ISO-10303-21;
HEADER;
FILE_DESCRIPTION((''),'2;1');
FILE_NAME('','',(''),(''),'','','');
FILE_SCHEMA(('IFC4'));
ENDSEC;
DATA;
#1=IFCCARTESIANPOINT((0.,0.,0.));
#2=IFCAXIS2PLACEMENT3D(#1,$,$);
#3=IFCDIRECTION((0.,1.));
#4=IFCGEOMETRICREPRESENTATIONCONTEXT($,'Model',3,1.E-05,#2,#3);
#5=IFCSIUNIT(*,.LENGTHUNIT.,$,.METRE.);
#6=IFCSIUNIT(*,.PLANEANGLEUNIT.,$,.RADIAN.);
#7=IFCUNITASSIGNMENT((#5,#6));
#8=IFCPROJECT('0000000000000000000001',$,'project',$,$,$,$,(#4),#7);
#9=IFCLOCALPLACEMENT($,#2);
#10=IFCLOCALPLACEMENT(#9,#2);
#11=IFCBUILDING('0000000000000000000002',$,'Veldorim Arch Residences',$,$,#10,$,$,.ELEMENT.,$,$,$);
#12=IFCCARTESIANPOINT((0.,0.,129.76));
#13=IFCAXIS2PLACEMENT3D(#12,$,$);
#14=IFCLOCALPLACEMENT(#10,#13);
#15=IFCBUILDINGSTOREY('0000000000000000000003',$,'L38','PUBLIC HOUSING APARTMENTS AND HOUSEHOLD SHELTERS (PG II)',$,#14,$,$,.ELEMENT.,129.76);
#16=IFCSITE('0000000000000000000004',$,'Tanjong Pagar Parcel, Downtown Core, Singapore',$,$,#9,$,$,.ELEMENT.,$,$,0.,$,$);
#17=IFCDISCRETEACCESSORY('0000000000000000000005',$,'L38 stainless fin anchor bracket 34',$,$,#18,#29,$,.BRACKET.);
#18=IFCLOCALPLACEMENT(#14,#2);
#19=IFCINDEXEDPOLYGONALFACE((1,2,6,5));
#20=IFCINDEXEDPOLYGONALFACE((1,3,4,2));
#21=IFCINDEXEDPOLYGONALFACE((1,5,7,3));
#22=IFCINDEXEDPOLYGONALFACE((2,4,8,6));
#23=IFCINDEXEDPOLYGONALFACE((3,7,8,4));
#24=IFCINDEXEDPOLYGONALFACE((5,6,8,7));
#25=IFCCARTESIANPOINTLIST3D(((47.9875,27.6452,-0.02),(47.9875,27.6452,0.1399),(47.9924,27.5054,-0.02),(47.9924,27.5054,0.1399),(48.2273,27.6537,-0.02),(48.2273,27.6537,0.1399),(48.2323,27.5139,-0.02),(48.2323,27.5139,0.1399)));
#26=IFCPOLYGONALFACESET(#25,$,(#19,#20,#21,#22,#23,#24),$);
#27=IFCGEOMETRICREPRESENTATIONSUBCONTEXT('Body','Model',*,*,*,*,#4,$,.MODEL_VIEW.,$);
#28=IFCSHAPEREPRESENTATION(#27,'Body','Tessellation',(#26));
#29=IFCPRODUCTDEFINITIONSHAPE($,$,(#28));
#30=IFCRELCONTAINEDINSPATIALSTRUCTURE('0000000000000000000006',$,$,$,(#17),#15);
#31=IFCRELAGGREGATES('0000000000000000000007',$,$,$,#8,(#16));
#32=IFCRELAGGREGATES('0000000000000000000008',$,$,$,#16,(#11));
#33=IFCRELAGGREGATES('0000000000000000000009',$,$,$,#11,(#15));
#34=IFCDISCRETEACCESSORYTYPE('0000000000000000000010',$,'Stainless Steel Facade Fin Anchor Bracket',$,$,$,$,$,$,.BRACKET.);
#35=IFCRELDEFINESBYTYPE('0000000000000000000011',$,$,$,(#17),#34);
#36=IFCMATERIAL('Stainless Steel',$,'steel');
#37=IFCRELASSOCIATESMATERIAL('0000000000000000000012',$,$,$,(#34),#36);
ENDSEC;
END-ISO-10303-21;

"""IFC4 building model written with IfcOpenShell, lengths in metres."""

from ifc_helpers import new_model, si_unit, direction, frame, origin, origin_2d, place, context, subcontext, project, spatial, rectangle, extrude, material, type_object, element, save


model = new_model("IFC4")

# Units and contexts
model_context = context("Model", 3, precision=1e-05, world=origin(), true_north=direction((0.0, 1.0)))
body_context = subcontext(model_context, "Body", "Model", "MODEL_VIEW")
ifc_project = project(units=[si_unit("LENGTHUNIT", "METRE"), si_unit("PLANEANGLEUNIT", "RADIAN")], contexts=[model_context])

# Site, building, storey
site_placement = place(None, origin())
site = spatial("IfcSite", under=ifc_project, at=site_placement, Name="Tanjong Pagar Parcel, Downtown Core, Singapore", CompositionType="ELEMENT", RefElevation=0.0)
building_placement = place(site_placement, origin())
building = spatial("IfcBuilding", under=site, at=building_placement, Name="Veldorim Arch Residences", CompositionType="ELEMENT")
storey_placement = place(building_placement, frame((0.0, 0.0, 129.76)))
storey = spatial("IfcBuildingStorey", under=building, at=storey_placement, Name="L38", Description="PUBLIC HOUSING APARTMENTS AND HOUSEHOLD SHELTERS (PG II)", CompositionType="ELEMENT", Elevation=129.76)

# Discrete accessory
ifc_material_1 = material(Name="Stainless Steel", Category="steel")
discrete_accessory_type = type_object("IfcDiscreteAccessoryType", Name="Stainless Steel Facade Fin Anchor Bracket", PredefinedType="BRACKET", material=ifc_material_1)
discrete_accessory_placement = place(storey_placement, frame((48.1099, 27.5796, -0.02), z_axis=(0.0, 0.0, 1.0), x_axis=(0.035423, -0.999372, 0.0)))
element("IfcDiscreteAccessory", 1, at=discrete_accessory_placement, inside=storey, type_object=discrete_accessory_type, Name="L38 stainless fin anchor bracket 34", PredefinedType="BRACKET", context=body_context, shape_type="SweptSolid", body=[
    extrude(rectangle(XDim=0.1399, YDim=0.24, at=origin_2d()), origin(), (0.0, 0.0, 1.0), 0.1599),
])

save(model, "model.ifc")
